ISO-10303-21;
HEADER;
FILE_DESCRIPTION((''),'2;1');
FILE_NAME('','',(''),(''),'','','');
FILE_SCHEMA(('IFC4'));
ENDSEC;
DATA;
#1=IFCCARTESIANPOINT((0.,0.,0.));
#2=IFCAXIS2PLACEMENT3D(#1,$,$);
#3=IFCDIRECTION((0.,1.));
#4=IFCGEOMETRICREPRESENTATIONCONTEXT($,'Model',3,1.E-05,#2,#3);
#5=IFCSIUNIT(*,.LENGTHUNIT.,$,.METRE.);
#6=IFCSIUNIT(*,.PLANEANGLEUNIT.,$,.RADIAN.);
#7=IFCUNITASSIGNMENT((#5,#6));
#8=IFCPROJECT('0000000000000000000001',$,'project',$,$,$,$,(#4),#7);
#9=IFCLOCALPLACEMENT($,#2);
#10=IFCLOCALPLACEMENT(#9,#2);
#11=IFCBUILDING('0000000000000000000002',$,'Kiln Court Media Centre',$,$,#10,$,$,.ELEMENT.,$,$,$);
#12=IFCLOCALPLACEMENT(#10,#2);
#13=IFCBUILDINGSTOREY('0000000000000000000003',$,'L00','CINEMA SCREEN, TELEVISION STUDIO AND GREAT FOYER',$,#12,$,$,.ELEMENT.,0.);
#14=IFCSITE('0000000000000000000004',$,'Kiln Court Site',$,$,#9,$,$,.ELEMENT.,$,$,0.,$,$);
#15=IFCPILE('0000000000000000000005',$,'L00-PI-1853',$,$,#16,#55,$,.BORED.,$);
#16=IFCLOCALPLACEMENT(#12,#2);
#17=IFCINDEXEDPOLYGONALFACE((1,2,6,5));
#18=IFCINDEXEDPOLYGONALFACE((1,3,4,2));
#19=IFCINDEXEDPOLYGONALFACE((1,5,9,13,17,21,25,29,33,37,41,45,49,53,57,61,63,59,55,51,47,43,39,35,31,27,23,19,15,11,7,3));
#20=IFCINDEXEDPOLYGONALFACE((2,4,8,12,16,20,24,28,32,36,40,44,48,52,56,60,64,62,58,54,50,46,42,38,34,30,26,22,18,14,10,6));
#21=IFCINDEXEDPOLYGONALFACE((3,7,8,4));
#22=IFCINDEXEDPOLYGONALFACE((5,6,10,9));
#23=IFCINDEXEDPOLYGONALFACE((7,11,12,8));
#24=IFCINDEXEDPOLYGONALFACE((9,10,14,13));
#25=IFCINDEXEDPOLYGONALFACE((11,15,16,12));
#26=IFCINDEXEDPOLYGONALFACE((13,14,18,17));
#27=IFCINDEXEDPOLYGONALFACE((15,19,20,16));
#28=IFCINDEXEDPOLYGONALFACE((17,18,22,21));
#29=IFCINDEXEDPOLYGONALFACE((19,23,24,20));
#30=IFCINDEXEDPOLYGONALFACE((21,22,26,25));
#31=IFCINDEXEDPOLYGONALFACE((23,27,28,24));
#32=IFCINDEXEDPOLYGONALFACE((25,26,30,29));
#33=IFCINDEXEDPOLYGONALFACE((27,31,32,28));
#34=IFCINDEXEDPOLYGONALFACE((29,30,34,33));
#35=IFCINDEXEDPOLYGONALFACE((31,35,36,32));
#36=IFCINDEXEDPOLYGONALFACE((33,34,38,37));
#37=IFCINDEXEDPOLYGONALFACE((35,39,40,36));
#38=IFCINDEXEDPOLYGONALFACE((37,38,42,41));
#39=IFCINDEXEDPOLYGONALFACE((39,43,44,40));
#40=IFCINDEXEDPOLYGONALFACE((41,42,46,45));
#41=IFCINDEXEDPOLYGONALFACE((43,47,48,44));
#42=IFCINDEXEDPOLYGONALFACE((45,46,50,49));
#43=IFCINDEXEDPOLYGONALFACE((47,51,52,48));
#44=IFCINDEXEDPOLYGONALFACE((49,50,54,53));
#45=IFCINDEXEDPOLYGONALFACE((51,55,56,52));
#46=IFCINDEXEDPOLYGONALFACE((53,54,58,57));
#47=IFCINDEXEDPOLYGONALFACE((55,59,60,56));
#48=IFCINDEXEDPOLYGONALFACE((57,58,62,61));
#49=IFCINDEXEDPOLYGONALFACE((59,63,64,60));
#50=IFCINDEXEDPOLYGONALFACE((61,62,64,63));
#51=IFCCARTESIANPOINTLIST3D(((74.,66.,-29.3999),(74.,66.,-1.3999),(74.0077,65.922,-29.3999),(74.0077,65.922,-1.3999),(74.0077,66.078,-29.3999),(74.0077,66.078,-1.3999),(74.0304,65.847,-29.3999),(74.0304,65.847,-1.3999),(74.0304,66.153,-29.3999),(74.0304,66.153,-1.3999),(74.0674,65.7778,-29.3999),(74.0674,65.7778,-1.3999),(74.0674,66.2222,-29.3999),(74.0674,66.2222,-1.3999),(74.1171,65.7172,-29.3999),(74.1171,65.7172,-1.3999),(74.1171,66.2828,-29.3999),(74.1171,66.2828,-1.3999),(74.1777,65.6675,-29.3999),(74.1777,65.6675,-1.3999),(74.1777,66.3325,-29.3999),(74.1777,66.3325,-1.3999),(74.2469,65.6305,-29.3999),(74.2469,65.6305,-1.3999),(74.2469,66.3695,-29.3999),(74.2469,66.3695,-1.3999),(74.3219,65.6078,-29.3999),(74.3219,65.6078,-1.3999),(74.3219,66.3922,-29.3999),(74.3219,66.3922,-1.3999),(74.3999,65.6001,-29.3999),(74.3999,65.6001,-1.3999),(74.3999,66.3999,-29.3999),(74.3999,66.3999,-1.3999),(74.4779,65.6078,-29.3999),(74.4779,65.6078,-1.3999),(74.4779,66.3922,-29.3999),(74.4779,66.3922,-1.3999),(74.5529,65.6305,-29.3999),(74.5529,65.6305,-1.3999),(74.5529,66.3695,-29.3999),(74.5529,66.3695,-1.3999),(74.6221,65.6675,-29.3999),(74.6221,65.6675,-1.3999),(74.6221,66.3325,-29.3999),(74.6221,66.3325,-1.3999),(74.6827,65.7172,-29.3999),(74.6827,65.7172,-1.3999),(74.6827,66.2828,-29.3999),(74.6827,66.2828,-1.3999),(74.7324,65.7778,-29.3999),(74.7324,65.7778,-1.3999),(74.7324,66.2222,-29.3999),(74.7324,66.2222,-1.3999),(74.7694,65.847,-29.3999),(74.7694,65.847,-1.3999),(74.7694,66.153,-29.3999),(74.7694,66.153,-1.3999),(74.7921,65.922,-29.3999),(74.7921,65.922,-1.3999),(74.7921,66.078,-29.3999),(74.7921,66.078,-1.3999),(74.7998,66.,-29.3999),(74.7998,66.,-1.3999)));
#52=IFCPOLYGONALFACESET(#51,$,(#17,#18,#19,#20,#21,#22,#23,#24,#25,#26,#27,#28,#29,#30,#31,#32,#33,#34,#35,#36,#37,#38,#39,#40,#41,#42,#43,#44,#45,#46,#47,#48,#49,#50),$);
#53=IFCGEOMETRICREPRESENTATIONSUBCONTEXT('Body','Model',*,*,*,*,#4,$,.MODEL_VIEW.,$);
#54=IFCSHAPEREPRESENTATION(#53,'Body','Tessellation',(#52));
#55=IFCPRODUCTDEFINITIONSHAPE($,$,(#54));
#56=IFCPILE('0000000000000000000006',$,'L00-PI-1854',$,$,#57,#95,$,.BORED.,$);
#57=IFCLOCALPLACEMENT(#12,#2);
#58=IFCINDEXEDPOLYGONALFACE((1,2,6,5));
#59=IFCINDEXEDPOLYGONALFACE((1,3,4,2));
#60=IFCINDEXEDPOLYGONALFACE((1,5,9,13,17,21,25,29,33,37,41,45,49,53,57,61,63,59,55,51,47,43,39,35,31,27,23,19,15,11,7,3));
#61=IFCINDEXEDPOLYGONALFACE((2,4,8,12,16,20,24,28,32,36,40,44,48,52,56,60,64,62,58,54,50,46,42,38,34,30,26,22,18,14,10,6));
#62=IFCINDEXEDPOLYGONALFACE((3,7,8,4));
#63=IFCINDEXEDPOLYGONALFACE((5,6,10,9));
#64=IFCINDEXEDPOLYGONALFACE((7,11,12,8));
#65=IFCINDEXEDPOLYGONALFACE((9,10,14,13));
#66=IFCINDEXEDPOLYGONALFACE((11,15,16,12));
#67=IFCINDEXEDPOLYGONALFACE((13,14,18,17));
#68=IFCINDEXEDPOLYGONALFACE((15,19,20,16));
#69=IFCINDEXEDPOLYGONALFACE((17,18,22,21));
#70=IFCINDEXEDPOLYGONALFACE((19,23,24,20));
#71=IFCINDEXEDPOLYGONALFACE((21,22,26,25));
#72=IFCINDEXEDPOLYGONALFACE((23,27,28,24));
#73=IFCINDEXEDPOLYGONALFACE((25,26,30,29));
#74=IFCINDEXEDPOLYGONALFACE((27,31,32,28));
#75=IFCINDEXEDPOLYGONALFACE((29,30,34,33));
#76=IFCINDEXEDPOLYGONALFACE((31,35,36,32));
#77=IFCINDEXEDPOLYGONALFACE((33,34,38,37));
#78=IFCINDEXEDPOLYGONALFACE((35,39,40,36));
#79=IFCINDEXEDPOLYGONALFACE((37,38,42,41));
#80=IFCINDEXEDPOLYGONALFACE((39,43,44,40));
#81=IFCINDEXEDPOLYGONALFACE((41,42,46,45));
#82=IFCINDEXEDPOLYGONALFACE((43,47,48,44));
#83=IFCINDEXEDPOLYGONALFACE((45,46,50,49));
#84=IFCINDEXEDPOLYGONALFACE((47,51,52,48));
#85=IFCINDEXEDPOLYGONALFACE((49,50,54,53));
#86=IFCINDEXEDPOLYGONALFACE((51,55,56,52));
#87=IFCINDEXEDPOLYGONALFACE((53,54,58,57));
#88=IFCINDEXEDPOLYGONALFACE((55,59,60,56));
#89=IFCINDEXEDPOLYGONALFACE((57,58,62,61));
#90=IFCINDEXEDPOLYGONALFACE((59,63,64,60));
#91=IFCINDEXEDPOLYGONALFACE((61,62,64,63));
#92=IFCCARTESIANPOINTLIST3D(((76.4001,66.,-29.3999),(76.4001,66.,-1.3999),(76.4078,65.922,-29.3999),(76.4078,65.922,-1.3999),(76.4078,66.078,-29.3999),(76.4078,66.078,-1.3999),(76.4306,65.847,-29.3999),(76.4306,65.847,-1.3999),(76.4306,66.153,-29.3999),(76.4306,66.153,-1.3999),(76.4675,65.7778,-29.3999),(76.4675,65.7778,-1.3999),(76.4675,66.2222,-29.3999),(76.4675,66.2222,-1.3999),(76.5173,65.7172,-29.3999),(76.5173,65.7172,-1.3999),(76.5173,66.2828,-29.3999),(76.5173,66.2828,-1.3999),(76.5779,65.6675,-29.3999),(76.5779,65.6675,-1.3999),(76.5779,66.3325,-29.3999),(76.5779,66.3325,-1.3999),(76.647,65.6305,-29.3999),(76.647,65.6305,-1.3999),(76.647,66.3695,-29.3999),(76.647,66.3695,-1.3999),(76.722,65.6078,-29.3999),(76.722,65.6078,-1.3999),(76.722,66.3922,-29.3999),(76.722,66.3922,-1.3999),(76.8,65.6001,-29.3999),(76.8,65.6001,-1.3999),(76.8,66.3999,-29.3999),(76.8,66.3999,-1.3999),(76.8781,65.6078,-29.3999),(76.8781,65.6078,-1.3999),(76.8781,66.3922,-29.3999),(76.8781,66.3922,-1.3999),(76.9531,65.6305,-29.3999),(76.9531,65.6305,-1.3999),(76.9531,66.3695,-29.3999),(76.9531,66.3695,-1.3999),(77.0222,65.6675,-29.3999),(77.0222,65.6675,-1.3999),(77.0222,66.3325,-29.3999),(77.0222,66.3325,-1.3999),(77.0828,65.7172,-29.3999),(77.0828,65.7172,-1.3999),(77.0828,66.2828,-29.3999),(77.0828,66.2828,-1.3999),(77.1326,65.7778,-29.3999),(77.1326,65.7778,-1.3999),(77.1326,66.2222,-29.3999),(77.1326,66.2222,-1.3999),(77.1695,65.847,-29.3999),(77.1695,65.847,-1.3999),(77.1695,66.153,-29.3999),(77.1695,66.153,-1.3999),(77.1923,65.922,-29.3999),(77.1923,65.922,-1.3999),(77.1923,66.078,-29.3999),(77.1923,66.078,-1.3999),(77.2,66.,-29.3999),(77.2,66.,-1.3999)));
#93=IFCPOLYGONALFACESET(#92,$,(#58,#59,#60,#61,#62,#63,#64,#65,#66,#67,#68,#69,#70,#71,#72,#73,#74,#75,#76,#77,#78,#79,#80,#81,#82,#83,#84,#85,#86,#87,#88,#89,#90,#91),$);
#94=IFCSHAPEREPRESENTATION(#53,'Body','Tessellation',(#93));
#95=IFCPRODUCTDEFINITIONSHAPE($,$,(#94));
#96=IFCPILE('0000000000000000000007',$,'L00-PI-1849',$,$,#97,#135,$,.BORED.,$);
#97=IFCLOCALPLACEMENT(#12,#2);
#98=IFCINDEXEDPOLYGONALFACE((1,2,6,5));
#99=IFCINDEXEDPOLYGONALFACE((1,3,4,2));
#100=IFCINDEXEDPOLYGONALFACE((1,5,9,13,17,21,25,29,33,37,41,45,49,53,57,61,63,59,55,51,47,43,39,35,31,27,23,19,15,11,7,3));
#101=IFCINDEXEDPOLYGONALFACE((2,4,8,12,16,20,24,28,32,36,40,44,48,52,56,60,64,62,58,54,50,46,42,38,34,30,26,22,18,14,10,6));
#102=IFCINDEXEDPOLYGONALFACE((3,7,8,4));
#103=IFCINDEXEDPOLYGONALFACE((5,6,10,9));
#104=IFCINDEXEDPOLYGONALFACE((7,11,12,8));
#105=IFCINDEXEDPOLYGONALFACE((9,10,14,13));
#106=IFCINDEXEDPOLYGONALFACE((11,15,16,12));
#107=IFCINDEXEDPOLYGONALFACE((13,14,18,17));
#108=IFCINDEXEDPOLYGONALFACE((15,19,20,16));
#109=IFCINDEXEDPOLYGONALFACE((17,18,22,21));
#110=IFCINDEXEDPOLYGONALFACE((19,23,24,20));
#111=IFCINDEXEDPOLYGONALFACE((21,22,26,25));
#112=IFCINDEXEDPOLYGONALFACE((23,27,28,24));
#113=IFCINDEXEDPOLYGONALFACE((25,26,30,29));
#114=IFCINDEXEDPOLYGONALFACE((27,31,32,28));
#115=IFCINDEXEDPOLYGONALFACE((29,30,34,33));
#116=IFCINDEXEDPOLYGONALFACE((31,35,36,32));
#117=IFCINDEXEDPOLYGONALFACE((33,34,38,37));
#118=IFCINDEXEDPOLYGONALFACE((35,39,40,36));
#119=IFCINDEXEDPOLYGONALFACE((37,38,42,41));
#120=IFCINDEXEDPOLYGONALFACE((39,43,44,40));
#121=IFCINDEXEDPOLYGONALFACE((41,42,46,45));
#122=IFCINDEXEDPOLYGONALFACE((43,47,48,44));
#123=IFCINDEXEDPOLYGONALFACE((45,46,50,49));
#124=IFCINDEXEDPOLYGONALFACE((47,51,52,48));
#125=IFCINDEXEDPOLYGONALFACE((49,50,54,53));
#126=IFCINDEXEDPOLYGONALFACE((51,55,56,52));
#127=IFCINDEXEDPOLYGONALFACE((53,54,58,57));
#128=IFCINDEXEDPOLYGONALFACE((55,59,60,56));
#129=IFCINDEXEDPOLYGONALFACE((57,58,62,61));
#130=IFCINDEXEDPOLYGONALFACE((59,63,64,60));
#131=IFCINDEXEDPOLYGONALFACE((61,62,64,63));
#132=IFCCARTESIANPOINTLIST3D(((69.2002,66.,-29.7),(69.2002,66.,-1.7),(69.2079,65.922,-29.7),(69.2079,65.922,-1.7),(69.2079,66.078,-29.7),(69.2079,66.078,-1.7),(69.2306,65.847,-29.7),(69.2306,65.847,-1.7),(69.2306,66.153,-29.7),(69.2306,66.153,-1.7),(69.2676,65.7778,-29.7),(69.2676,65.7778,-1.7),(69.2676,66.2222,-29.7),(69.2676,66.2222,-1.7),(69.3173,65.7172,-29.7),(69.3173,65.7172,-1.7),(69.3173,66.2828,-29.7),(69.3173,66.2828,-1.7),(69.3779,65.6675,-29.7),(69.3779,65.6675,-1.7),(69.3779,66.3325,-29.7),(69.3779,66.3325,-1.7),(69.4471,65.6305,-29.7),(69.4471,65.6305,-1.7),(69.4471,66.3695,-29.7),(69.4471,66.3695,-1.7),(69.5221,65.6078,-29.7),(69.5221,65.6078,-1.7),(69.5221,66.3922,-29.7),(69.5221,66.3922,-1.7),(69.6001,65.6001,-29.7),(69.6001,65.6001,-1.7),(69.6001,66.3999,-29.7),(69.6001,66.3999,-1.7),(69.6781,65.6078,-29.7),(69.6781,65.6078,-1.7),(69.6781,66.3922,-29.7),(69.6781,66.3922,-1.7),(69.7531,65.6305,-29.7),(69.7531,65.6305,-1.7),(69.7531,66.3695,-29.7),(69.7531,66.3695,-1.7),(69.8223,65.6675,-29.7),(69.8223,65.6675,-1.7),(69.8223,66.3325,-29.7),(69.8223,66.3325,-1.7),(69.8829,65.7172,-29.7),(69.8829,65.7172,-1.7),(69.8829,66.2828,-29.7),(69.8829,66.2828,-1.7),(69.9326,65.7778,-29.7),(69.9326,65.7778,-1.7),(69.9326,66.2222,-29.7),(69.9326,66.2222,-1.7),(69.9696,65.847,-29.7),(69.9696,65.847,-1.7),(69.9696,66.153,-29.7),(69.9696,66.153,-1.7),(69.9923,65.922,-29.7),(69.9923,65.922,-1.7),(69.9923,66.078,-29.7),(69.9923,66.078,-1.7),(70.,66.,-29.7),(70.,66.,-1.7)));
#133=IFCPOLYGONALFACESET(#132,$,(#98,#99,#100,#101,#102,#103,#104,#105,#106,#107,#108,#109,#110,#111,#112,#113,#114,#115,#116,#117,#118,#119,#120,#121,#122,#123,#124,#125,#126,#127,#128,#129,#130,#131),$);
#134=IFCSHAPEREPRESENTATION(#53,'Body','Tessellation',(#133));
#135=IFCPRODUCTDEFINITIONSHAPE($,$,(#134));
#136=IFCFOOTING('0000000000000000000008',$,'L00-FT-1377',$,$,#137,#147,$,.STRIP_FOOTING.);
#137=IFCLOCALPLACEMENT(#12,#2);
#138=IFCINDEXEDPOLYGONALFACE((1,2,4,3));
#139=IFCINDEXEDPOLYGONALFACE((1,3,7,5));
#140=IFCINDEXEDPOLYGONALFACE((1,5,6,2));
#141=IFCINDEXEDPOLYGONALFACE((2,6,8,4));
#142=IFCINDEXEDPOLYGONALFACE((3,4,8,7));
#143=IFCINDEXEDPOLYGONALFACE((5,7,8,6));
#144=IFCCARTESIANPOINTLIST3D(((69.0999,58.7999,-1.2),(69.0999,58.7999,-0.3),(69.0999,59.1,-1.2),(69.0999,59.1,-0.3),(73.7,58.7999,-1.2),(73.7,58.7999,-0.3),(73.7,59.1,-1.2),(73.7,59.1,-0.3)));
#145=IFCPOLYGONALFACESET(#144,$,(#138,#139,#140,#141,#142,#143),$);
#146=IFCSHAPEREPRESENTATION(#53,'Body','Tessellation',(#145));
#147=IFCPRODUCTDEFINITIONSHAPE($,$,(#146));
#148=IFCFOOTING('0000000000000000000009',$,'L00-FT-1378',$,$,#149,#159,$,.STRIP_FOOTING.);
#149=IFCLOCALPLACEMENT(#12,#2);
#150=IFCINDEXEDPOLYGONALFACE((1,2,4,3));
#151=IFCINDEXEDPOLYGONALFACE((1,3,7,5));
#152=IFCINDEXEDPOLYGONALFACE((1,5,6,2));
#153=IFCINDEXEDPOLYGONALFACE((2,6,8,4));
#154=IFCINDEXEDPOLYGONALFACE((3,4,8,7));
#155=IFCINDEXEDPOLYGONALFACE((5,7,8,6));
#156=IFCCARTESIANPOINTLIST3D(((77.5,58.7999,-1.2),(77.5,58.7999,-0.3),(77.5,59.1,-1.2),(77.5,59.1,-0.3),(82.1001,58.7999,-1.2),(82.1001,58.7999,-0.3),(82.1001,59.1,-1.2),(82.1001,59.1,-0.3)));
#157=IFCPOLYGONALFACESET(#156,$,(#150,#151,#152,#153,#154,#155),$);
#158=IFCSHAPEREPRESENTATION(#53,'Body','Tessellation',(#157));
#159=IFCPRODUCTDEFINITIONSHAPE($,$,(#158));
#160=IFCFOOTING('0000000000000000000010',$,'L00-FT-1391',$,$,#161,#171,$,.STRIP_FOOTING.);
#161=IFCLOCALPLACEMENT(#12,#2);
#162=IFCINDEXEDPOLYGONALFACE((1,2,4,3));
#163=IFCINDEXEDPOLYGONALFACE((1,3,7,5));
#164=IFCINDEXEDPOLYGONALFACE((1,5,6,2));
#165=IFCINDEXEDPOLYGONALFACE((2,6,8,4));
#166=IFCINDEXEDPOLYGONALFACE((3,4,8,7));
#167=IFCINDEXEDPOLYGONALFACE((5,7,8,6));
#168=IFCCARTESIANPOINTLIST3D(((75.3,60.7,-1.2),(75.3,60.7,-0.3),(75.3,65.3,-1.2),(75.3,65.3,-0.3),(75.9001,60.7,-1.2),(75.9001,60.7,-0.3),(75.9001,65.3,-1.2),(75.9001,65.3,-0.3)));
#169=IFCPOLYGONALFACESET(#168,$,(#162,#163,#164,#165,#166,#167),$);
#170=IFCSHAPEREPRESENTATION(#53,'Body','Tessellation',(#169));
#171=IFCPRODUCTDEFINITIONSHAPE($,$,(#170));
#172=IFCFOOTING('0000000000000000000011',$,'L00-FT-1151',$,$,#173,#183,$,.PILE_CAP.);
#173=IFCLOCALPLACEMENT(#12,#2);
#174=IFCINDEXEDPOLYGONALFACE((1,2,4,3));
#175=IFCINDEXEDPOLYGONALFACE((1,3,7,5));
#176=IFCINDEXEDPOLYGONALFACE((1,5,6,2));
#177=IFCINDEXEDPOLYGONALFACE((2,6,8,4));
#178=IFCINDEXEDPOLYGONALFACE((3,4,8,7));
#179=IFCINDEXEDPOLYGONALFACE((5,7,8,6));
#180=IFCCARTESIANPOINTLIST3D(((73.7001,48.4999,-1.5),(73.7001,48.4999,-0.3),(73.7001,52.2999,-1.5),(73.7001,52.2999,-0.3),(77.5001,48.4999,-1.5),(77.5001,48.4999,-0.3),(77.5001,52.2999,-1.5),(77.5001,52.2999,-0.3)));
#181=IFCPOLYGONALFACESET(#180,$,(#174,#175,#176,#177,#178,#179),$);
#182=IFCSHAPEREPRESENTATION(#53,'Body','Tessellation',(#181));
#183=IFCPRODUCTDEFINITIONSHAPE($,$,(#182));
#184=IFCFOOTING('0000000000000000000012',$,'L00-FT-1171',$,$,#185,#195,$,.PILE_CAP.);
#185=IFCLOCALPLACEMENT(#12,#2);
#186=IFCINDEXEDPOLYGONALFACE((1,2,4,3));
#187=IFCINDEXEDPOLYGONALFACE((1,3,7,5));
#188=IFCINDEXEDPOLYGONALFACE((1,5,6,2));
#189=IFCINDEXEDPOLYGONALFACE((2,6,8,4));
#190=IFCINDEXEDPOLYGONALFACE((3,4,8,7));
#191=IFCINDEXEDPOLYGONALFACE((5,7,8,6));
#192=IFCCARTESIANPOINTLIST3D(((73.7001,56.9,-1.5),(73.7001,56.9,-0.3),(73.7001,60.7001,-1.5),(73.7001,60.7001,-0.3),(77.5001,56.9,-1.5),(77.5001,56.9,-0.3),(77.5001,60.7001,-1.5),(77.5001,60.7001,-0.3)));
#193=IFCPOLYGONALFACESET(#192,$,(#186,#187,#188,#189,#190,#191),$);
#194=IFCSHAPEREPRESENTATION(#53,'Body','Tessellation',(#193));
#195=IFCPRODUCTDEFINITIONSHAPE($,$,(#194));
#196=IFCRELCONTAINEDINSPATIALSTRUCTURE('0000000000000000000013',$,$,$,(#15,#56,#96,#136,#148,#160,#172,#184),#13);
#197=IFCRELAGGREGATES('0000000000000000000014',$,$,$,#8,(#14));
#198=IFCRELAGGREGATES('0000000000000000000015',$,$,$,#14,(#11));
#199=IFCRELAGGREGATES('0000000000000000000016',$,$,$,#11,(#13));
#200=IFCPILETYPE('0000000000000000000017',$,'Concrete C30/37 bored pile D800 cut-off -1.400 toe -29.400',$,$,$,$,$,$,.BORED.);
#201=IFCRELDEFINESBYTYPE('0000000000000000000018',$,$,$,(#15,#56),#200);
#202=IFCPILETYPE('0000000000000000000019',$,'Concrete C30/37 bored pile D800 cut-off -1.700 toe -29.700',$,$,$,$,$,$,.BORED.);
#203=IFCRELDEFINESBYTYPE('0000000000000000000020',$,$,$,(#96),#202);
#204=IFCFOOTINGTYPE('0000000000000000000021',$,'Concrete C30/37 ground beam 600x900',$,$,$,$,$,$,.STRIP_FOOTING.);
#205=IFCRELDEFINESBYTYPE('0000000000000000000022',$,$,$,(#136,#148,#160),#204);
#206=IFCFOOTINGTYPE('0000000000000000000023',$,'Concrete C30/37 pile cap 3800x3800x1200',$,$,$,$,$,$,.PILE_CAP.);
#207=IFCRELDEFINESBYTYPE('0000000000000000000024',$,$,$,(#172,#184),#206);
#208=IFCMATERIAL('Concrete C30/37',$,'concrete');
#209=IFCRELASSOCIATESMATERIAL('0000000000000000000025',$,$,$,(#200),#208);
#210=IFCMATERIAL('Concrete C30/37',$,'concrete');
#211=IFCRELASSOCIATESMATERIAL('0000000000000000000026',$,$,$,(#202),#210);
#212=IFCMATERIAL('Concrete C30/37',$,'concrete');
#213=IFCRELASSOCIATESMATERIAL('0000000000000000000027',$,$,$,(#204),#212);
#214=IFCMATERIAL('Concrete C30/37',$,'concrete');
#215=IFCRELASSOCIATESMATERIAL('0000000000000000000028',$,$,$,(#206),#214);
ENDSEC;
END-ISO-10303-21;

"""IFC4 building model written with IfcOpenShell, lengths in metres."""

from ifc_helpers import new_model, si_unit, direction, frame, origin, origin_2d, place, context, subcontext, project, spatial, rectangle, circle, extrude, material, material_profile, profile_set, type_object, element, save


model = new_model("IFC4")

# Units and contexts
model_context = context("Model", 3, precision=1e-05, world=origin(), true_north=direction((0.0, 1.0)))
body_context = subcontext(model_context, "Body", "Model", "MODEL_VIEW")
ifc_project = project(units=[si_unit("LENGTHUNIT", "METRE"), si_unit("PLANEANGLEUNIT", "RADIAN")], contexts=[model_context])

# Site, building, storey
site_placement = place(None, origin())
site = spatial("IfcSite", under=ifc_project, at=site_placement, Name="Kiln Court Site", CompositionType="ELEMENT", RefElevation=0.0)
building_placement = place(site_placement, origin())
building = spatial("IfcBuilding", under=site, at=building_placement, Name="Kiln Court Media Centre", CompositionType="ELEMENT")
storey_placement = place(building_placement, origin())
storey = spatial("IfcBuildingStorey", under=building, at=storey_placement, Name="L00", Description="CINEMA SCREEN, TELEVISION STUDIO AND GREAT FOYER", CompositionType="ELEMENT", Elevation=0.0)

# Piles
ifc_material_1 = material(Name="Concrete C30/37", Category="concrete")
ifc_material_profile_1 = material_profile(ifc_material_1, circle(Radius=0.3999, at=origin_2d()), Name="PILE D800")
ifc_profile_set_1 = profile_set([ifc_material_profile_1], Name="Concrete C30/37")
pile_type_1 = type_object("IfcPileType", Name="Concrete C30/37 bored pile D800 cut-off -1.400 toe -29.400", PredefinedType="BORED", material=ifc_profile_set_1)
for number, where, z_axis, x_axis, name in (
    (1, (74.3999, 66.0, -1.3999), (0.0, 0.0, -1.0), (1.0, 0.0, 0.0), "L00-PI-1853"),
    (2, (76.8, 66.0, -1.3999), (0.0, 0.0, -1.0), (1.0, 0.0, 0.0), "L00-PI-1854"),
):
    element("IfcPile", number, at=place(storey_placement, frame(where, z_axis=z_axis, x_axis=x_axis)), inside=storey, type_object=pile_type_1, Name=name, PredefinedType="BORED", context=body_context, shape_type="SweptSolid", body=[
        extrude(circle(Radius=0.3999, at=origin_2d()), origin(), (0.0, 0.0, 1.0), 28.0),
    ])
ifc_material_2 = material(Name="Concrete C30/37", Category="concrete")
ifc_material_profile_2 = material_profile(ifc_material_2, circle(Radius=0.3999, at=origin_2d()), Name="PILE D800")
ifc_profile_set_2 = profile_set([ifc_material_profile_2], Name="Concrete C30/37")
pile_type_2 = type_object("IfcPileType", Name="Concrete C30/37 bored pile D800 cut-off -1.700 toe -29.700", PredefinedType="BORED", material=ifc_profile_set_2)
pile_placement = place(storey_placement, frame((69.6001, 66.0, -1.7), z_axis=(0.0, 0.0, -1.0), x_axis=(1.0, 0.0, 0.0)))
element("IfcPile", 3, at=pile_placement, inside=storey, type_object=pile_type_2, Name="L00-PI-1849", PredefinedType="BORED", context=body_context, shape_type="SweptSolid", body=[
    extrude(circle(Radius=0.3999, at=origin_2d()), origin(), (0.0, 0.0, 1.0), 28.0),
])

# Footings
ifc_material_3 = material(Name="Concrete C30/37", Category="concrete")
footing_type_1 = type_object("IfcFootingType", Name="Concrete C30/37 ground beam 600x900", PredefinedType="STRIP_FOOTING", material=ifc_material_3)
for number, where, z_axis, x_axis, name in (
    (4, (71.3999, 58.95, -1.2), (0.0, 0.0, 1.0), (1.0, 0.0, 0.0), "L00-FT-1377"),
    (5, (79.8, 58.95, -1.2), (0.0, 0.0, 1.0), (1.0, 0.0, 0.0), "L00-FT-1378"),
):
    element("IfcFooting", number, at=place(storey_placement, frame(where, z_axis=z_axis, x_axis=x_axis)), inside=storey, type_object=footing_type_1, Name=name, PredefinedType="STRIP_FOOTING", context=body_context, shape_type="SweptSolid", body=[
        extrude(rectangle(XDim=4.6001, YDim=0.3, at=origin_2d()), origin(), (0.0, 0.0, 1.0), 0.8999),
    ])
footing_placement = place(storey_placement, frame((75.6001, 63.0, -1.2), z_axis=(0.0, 0.0, 1.0), x_axis=(1.0, 0.0, 0.0)))
element("IfcFooting", 6, at=footing_placement, inside=storey, type_object=footing_type_1, Name="L00-FT-1391", PredefinedType="STRIP_FOOTING", context=body_context, shape_type="SweptSolid", body=[
    extrude(rectangle(XDim=0.6001, YDim=4.6001, at=origin_2d()), origin(), (0.0, 0.0, 1.0), 0.8999),
])
ifc_material_4 = material(Name="Concrete C30/37", Category="concrete")
footing_type_2 = type_object("IfcFootingType", Name="Concrete C30/37 pile cap 3800x3800x1200", PredefinedType="PILE_CAP", material=ifc_material_4)
for number, where, z_axis, x_axis, name in (
    (7, (75.6001, 50.3999, -1.5), (0.0, 0.0, 1.0), (1.0, 0.0, 0.0), "L00-FT-1151"),
    (8, (75.6001, 58.8, -1.5), (0.0, 0.0, 1.0), (1.0, 0.0, 0.0), "L00-FT-1171"),
):
    element("IfcFooting", number, at=place(storey_placement, frame(where, z_axis=z_axis, x_axis=x_axis)), inside=storey, type_object=footing_type_2, Name=name, PredefinedType="PILE_CAP", context=body_context, shape_type="SweptSolid", body=[
        extrude(rectangle(XDim=3.8, YDim=3.8, at=origin_2d()), origin(), (0.0, 0.0, 1.0), 1.2),
    ])

save(model, "model.ifc")
